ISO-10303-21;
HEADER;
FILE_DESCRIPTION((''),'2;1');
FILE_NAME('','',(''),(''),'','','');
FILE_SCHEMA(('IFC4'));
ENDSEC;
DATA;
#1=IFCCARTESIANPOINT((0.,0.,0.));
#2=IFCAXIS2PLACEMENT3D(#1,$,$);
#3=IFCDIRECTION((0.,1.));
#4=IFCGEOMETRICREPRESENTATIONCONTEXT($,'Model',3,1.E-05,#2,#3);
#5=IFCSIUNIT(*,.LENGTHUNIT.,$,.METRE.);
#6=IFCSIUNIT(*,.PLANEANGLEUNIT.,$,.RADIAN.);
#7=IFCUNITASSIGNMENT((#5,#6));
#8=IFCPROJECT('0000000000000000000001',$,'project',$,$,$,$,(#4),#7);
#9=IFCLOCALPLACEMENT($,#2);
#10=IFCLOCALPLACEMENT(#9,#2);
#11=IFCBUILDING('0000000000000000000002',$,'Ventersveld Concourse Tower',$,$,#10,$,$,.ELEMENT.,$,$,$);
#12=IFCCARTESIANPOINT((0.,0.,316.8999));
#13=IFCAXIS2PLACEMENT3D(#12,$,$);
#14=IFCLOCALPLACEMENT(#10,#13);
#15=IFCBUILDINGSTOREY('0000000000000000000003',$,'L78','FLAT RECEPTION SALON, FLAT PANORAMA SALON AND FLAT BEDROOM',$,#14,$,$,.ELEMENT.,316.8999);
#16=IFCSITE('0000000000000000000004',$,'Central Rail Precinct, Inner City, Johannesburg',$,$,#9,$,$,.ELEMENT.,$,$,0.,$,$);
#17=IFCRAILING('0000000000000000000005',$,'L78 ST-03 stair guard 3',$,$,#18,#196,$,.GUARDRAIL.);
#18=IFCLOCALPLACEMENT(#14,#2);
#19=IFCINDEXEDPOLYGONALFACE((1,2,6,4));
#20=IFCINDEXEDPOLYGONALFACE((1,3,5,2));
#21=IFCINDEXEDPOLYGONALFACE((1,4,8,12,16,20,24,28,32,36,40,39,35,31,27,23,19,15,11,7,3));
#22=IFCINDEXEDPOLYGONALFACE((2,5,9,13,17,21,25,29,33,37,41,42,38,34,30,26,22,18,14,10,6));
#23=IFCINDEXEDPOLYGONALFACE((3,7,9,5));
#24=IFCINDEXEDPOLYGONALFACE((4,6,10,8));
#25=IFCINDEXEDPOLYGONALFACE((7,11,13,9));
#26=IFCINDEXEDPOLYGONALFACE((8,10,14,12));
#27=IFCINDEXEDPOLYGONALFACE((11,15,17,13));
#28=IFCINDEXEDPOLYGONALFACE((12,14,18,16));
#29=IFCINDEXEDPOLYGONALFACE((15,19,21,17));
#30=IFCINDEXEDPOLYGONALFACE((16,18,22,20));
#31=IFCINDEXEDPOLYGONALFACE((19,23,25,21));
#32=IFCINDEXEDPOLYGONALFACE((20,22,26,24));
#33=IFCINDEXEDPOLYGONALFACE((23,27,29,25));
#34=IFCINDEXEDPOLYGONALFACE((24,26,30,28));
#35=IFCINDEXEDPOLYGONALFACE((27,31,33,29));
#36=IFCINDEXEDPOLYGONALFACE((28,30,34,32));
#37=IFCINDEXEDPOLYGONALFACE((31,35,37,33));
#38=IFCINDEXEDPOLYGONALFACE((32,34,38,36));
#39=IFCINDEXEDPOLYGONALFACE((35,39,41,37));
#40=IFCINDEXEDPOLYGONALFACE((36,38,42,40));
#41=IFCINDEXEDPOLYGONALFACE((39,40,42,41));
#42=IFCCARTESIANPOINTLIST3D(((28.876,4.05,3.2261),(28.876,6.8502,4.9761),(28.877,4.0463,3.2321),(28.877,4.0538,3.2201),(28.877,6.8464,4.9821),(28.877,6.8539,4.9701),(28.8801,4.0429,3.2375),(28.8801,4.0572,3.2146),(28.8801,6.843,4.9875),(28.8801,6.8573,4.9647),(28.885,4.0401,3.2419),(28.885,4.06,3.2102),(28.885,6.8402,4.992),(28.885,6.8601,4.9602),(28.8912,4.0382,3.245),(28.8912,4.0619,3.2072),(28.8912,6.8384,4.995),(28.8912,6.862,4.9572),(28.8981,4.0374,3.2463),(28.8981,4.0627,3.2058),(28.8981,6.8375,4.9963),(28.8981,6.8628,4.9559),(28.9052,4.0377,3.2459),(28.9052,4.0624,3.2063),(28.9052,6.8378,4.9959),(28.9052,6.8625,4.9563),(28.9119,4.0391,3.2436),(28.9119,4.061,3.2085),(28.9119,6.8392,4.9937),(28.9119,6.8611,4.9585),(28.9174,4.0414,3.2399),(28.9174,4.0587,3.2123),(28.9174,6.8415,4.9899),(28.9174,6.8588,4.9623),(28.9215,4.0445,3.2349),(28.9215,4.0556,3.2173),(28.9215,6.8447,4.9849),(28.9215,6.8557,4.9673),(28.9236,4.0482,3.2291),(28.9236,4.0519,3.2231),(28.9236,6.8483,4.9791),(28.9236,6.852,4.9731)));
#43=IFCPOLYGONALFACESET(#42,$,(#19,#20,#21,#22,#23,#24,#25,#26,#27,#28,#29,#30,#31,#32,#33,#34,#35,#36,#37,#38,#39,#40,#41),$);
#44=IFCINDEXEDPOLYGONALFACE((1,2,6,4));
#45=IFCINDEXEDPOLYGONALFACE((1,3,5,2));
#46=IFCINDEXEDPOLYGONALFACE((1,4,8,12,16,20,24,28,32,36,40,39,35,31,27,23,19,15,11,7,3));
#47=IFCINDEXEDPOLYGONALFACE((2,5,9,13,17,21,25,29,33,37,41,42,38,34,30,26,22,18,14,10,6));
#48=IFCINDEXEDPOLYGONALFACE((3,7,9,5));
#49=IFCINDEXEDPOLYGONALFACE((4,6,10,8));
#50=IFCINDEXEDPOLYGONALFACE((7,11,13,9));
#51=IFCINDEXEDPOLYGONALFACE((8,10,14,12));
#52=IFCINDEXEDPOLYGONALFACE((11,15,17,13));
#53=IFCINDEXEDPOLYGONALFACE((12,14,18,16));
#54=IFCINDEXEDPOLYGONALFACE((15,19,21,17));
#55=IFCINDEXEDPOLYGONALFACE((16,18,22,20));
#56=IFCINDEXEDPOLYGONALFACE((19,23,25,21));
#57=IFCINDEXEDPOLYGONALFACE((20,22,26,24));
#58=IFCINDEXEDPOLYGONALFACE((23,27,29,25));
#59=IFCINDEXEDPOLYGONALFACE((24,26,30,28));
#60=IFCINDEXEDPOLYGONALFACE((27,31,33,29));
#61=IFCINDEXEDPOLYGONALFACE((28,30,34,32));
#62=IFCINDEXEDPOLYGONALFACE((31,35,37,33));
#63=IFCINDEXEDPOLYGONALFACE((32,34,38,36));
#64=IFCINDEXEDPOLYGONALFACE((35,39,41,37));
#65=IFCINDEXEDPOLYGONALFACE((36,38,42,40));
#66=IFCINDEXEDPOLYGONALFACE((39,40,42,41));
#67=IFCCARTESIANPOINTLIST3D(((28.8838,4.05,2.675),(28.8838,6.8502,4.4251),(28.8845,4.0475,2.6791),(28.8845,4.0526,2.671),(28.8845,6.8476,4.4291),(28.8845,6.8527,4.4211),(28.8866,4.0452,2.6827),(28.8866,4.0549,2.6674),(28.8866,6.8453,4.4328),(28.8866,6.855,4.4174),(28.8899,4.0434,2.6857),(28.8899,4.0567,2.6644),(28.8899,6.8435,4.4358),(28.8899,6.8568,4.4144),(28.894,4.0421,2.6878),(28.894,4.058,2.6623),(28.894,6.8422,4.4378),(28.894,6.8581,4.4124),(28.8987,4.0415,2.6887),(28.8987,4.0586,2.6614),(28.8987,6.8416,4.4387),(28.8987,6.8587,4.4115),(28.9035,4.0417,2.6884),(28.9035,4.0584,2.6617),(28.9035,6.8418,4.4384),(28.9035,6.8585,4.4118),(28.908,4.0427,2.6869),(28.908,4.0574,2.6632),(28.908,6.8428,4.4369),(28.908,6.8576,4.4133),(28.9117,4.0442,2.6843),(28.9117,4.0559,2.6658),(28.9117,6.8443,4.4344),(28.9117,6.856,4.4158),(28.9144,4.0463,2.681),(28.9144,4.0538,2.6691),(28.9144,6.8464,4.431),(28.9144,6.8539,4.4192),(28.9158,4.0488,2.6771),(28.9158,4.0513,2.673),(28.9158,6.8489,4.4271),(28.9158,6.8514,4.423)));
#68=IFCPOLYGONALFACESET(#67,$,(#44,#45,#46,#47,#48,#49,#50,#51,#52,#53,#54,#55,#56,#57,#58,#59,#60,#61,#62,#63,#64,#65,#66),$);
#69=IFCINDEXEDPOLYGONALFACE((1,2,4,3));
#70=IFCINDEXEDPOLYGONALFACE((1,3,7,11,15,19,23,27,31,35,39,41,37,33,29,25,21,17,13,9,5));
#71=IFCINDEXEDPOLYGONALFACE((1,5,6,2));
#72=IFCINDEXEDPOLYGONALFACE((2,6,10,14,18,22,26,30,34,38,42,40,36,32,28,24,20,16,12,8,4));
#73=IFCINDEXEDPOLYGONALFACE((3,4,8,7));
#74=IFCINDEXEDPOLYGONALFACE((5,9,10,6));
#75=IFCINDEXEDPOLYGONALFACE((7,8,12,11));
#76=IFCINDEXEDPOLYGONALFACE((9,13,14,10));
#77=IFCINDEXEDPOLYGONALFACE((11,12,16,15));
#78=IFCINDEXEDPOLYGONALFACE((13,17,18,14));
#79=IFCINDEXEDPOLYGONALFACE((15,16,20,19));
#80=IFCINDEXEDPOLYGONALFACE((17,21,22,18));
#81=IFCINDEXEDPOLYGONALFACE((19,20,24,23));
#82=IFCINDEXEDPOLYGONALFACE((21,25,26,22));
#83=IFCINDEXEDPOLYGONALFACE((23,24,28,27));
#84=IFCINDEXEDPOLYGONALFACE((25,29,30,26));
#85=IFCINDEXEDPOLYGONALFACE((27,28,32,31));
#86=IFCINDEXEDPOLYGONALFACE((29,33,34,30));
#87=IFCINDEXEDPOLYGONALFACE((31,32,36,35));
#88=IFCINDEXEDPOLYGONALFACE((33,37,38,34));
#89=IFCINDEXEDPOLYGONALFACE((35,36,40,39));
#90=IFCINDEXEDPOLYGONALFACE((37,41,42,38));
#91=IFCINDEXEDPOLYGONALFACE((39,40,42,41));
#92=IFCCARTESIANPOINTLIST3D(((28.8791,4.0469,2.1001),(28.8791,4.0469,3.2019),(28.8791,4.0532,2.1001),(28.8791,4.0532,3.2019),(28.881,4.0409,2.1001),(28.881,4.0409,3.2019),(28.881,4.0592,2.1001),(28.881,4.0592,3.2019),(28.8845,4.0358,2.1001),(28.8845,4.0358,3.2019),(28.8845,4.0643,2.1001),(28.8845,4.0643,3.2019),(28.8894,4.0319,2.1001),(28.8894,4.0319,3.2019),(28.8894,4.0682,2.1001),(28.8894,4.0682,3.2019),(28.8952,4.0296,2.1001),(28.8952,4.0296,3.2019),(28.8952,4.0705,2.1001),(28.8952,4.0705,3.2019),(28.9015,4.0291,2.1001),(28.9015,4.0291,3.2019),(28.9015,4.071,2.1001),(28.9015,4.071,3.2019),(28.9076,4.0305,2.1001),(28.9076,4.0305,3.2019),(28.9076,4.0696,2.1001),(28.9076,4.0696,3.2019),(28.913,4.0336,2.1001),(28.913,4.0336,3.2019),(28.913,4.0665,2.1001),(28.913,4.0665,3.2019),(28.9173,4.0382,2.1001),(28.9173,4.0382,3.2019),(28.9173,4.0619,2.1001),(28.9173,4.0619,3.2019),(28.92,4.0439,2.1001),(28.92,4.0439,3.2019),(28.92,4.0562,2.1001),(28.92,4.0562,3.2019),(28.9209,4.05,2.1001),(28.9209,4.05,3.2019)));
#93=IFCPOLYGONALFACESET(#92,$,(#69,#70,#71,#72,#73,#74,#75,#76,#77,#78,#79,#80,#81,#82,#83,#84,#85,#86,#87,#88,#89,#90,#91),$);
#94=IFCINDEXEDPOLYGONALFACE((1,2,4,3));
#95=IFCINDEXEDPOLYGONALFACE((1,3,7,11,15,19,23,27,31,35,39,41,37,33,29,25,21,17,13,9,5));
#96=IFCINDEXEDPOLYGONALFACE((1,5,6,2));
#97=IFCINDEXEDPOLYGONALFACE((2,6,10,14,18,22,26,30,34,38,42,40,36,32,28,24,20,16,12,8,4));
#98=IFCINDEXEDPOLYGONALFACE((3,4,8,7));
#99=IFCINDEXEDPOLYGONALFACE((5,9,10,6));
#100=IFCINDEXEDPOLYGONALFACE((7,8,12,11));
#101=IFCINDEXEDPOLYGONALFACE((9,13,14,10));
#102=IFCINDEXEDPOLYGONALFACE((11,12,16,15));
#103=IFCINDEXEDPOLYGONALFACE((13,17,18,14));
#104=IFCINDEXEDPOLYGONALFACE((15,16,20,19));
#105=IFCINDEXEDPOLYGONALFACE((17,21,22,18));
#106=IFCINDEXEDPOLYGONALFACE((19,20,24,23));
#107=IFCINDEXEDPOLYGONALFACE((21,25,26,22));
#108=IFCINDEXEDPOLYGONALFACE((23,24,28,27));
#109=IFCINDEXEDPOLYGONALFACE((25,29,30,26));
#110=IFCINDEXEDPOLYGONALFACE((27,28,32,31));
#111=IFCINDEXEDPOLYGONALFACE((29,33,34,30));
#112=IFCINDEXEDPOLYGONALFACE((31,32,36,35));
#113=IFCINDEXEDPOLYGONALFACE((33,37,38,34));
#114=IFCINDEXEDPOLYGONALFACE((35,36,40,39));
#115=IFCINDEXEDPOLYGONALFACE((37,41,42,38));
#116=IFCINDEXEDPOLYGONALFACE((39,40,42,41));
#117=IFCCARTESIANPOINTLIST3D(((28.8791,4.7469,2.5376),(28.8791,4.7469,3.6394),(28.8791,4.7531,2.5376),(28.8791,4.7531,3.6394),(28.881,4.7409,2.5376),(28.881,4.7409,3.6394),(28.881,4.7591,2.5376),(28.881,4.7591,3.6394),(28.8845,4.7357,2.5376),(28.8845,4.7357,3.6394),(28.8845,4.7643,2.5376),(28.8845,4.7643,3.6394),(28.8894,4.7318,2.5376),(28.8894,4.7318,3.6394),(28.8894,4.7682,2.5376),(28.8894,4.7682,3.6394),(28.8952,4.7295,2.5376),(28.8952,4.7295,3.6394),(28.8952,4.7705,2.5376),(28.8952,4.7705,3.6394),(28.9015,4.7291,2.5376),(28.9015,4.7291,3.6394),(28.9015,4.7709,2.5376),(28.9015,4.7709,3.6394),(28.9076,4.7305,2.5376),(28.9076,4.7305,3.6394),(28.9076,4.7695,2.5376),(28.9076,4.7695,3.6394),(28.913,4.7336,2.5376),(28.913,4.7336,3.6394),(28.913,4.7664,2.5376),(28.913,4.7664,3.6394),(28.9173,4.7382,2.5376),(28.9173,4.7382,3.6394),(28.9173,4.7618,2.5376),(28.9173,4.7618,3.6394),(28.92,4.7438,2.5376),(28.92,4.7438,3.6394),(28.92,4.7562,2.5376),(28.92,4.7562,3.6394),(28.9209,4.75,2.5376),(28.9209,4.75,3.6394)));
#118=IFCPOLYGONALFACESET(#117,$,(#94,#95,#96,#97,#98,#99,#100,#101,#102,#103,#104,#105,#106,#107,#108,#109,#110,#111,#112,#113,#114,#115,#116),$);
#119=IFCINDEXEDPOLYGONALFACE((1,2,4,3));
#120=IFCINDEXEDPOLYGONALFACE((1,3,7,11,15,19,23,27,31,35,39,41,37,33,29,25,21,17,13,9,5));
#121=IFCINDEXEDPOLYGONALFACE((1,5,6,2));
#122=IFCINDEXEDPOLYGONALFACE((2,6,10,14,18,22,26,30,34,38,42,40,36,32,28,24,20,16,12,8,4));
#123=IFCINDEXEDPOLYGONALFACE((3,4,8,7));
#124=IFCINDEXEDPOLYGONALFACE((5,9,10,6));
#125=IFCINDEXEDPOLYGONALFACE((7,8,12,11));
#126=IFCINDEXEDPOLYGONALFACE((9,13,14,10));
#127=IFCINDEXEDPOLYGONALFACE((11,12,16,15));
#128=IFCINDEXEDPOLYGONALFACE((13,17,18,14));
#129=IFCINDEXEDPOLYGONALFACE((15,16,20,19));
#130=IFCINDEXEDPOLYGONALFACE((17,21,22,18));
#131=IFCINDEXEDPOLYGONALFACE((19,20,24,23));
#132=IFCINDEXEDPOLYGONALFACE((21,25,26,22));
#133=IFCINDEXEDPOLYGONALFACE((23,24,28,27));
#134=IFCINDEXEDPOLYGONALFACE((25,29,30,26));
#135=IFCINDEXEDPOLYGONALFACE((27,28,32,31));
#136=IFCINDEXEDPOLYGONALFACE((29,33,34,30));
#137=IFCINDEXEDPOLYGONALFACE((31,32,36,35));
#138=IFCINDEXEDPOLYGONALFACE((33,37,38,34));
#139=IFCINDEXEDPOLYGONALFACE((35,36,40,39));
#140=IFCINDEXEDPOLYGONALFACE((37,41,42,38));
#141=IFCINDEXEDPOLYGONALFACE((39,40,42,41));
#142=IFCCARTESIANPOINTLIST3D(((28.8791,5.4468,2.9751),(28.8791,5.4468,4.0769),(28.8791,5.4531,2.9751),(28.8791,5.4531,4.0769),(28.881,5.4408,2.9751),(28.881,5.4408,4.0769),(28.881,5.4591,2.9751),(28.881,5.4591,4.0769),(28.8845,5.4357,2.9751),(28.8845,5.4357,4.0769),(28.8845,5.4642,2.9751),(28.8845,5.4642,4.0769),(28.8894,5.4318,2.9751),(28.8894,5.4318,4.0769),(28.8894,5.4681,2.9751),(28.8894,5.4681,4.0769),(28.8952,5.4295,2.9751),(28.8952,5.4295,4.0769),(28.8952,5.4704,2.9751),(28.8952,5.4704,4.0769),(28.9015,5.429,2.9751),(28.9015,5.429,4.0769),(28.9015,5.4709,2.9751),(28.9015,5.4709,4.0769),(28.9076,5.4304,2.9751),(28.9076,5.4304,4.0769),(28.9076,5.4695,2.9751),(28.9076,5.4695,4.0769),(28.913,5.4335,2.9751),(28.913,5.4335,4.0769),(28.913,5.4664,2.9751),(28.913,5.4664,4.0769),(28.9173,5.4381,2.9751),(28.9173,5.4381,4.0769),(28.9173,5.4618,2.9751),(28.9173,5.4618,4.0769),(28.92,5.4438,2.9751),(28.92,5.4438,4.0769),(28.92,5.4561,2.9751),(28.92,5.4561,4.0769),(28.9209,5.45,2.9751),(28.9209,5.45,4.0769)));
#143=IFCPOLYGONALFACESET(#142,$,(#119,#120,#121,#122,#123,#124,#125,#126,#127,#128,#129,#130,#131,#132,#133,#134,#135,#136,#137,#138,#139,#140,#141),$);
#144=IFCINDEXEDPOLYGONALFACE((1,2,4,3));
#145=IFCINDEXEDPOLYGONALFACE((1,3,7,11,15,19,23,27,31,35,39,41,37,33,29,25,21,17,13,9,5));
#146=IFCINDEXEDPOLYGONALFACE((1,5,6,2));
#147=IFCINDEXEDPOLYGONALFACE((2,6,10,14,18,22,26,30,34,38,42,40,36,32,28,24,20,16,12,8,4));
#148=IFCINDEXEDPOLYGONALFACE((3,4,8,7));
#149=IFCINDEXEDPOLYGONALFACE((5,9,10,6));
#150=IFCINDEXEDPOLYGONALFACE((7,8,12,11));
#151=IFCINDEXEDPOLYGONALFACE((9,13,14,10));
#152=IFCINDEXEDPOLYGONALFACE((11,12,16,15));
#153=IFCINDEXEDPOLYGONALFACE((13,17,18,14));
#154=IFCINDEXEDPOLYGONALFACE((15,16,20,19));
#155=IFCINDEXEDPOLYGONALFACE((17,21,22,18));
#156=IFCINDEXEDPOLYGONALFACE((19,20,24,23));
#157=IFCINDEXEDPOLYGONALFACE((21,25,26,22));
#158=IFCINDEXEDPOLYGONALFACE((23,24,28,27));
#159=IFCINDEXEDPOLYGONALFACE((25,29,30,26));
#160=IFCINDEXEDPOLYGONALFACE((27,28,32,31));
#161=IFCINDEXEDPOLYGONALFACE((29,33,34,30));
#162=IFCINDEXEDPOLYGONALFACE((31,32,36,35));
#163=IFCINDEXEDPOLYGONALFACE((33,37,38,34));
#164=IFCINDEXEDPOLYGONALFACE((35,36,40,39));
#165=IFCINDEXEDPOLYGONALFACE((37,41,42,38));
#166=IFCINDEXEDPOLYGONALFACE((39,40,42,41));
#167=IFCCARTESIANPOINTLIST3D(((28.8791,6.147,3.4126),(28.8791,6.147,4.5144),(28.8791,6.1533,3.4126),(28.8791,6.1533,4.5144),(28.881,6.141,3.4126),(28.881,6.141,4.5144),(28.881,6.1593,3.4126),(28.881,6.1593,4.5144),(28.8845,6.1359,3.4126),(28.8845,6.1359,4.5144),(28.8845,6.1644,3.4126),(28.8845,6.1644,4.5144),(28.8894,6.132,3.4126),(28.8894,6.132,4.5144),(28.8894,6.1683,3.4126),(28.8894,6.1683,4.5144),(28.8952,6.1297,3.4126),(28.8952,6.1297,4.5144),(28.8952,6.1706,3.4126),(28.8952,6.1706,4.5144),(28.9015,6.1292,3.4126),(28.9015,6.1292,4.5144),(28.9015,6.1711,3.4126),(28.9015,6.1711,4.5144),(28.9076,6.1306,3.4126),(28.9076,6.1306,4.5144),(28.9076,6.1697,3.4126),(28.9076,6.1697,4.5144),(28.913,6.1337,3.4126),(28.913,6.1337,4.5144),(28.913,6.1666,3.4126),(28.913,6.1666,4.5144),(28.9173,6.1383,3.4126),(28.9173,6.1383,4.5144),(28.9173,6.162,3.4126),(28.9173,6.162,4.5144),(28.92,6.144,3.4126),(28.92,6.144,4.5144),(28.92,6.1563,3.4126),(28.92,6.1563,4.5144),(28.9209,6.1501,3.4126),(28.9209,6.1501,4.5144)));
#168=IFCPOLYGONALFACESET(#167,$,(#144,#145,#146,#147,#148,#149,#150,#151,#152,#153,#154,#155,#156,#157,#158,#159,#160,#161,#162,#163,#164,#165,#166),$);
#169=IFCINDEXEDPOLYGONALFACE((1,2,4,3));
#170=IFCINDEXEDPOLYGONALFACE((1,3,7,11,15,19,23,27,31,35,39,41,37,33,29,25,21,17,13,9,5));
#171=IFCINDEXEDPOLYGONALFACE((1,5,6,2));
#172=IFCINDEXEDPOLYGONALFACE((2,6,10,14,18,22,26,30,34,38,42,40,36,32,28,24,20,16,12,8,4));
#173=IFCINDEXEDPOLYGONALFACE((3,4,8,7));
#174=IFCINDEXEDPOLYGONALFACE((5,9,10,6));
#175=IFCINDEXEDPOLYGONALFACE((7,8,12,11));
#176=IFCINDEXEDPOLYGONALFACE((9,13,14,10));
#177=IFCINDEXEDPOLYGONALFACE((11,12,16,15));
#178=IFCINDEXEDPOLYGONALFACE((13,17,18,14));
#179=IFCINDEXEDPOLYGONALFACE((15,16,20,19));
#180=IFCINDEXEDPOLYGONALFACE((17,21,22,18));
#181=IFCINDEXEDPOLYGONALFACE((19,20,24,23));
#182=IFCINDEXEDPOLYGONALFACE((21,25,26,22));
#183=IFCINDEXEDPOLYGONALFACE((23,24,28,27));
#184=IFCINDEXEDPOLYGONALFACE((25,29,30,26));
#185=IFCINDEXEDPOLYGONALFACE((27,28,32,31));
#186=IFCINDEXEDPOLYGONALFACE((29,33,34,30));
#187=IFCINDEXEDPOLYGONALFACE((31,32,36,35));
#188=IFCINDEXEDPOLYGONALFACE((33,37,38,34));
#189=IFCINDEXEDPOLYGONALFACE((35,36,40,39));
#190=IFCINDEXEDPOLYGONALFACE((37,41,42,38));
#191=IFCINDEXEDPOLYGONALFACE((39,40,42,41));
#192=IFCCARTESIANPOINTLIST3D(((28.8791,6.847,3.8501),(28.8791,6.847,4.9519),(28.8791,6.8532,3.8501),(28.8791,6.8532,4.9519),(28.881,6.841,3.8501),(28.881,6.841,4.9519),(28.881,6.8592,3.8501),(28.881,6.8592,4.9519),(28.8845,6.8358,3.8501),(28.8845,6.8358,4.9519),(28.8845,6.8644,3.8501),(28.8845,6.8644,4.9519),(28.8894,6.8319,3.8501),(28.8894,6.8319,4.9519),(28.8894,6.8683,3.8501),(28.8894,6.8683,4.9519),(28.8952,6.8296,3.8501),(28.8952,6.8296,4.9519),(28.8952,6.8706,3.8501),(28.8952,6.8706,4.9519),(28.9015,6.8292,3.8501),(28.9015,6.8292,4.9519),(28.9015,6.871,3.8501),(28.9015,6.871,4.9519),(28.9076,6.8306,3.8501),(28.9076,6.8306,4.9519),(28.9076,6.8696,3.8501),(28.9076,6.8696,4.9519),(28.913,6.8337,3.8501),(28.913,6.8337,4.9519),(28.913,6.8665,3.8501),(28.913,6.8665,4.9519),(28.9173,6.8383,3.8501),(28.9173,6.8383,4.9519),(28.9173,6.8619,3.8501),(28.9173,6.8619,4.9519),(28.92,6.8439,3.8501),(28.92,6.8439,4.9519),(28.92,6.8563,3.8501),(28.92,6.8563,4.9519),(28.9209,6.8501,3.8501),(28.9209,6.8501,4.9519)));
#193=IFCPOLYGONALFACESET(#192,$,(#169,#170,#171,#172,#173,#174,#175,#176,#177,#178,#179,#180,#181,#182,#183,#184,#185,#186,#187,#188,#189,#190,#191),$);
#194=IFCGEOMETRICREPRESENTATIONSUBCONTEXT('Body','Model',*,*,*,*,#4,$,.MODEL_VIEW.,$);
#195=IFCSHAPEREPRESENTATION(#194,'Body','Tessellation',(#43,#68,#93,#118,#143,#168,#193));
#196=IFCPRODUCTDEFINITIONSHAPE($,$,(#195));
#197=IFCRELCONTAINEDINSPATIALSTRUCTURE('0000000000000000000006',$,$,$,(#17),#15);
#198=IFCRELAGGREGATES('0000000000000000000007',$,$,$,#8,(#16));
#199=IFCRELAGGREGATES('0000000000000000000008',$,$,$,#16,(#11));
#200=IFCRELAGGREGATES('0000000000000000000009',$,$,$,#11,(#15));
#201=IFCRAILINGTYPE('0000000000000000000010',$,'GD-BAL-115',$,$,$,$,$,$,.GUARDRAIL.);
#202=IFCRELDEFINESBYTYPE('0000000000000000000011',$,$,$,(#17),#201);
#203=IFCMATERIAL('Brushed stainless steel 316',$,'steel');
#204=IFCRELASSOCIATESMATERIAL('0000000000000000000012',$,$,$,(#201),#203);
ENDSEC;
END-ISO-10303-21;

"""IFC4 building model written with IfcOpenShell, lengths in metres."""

from ifc_helpers import new_model, si_unit, direction, frame, origin, origin_2d, place, context, subcontext, project, spatial, circle, extrude, material, type_object, element, save


model = new_model("IFC4")

# Units and contexts
model_context = context("Model", 3, precision=1e-05, world=origin(), true_north=direction((0.0, 1.0)))
body_context = subcontext(model_context, "Body", "Model", "MODEL_VIEW")
ifc_project = project(units=[si_unit("LENGTHUNIT", "METRE"), si_unit("PLANEANGLEUNIT", "RADIAN")], contexts=[model_context])

# Site, building, storey
site_placement = place(None, origin())
site = spatial("IfcSite", under=ifc_project, at=site_placement, Name="Central Rail Precinct, Inner City, Johannesburg", CompositionType="ELEMENT", RefElevation=0.0)
building_placement = place(site_placement, origin())
building = spatial("IfcBuilding", under=site, at=building_placement, Name="Ventersveld Concourse Tower", CompositionType="ELEMENT")
storey_placement = place(building_placement, frame((0.0, 0.0, 316.8999)))
storey = spatial("IfcBuildingStorey", under=building, at=storey_placement, Name="L78", Description="FLAT RECEPTION SALON, FLAT PANORAMA SALON AND FLAT BEDROOM", CompositionType="ELEMENT", Elevation=316.8999)

# Shared definitions
ifc_material_1 = material(Name="Brushed stainless steel 316", Category="steel")

# Railing
railing_type_1 = type_object("IfcRailingType", Name="GD-BAL-115", PredefinedType="GUARDRAIL", material=ifc_material_1)
railing_1_placement = place(storey_placement, frame((28.8999, 4.05, 2.1001)))
element("IfcRailing", 1, at=railing_1_placement, inside=storey, type_object=railing_type_1, Name="L78 ST-03 stair guard 3", PredefinedType="GUARDRAIL", context=body_context, shape_type="SweptSolid", body=[
    extrude(circle(Radius=0.0239, at=origin_2d()), frame((0.0, 0.0, 1.126), z_axis=(0.0, 0.848002, 0.529992), x_axis=(-1.0, 0.0, 0.0)), (0.0, 0.0, 1.0), 3.302),
    extrude(circle(Radius=0.0161, at=origin_2d()), frame((0.0, 0.0, 0.575), z_axis=(0.0, 0.848002, 0.529992), x_axis=(-1.0, 0.0, 0.0)), (0.0, 0.0, 1.0), 3.302),
    extrude(circle(Radius=0.021, at=origin_2d()), origin(), (0.0, 0.0, 1.0), 1.1018),
    extrude(circle(Radius=0.021, at=origin_2d()), frame((0.0, 0.7, 0.4375)), (0.0, 0.0, 1.0), 1.1018),
    extrude(circle(Radius=0.021, at=origin_2d()), frame((0.0, 1.3999, 0.875)), (0.0, 0.0, 1.0), 1.1018),
    extrude(circle(Radius=0.021, at=origin_2d()), frame((0.0, 2.1001, 1.3125)), (0.0, 0.0, 1.0), 1.1018),
    extrude(circle(Radius=0.021, at=origin_2d()), frame((0.0, 2.8, 1.75)), (0.0, 0.0, 1.0), 1.1018),
])

save(model, "model.ifc")
